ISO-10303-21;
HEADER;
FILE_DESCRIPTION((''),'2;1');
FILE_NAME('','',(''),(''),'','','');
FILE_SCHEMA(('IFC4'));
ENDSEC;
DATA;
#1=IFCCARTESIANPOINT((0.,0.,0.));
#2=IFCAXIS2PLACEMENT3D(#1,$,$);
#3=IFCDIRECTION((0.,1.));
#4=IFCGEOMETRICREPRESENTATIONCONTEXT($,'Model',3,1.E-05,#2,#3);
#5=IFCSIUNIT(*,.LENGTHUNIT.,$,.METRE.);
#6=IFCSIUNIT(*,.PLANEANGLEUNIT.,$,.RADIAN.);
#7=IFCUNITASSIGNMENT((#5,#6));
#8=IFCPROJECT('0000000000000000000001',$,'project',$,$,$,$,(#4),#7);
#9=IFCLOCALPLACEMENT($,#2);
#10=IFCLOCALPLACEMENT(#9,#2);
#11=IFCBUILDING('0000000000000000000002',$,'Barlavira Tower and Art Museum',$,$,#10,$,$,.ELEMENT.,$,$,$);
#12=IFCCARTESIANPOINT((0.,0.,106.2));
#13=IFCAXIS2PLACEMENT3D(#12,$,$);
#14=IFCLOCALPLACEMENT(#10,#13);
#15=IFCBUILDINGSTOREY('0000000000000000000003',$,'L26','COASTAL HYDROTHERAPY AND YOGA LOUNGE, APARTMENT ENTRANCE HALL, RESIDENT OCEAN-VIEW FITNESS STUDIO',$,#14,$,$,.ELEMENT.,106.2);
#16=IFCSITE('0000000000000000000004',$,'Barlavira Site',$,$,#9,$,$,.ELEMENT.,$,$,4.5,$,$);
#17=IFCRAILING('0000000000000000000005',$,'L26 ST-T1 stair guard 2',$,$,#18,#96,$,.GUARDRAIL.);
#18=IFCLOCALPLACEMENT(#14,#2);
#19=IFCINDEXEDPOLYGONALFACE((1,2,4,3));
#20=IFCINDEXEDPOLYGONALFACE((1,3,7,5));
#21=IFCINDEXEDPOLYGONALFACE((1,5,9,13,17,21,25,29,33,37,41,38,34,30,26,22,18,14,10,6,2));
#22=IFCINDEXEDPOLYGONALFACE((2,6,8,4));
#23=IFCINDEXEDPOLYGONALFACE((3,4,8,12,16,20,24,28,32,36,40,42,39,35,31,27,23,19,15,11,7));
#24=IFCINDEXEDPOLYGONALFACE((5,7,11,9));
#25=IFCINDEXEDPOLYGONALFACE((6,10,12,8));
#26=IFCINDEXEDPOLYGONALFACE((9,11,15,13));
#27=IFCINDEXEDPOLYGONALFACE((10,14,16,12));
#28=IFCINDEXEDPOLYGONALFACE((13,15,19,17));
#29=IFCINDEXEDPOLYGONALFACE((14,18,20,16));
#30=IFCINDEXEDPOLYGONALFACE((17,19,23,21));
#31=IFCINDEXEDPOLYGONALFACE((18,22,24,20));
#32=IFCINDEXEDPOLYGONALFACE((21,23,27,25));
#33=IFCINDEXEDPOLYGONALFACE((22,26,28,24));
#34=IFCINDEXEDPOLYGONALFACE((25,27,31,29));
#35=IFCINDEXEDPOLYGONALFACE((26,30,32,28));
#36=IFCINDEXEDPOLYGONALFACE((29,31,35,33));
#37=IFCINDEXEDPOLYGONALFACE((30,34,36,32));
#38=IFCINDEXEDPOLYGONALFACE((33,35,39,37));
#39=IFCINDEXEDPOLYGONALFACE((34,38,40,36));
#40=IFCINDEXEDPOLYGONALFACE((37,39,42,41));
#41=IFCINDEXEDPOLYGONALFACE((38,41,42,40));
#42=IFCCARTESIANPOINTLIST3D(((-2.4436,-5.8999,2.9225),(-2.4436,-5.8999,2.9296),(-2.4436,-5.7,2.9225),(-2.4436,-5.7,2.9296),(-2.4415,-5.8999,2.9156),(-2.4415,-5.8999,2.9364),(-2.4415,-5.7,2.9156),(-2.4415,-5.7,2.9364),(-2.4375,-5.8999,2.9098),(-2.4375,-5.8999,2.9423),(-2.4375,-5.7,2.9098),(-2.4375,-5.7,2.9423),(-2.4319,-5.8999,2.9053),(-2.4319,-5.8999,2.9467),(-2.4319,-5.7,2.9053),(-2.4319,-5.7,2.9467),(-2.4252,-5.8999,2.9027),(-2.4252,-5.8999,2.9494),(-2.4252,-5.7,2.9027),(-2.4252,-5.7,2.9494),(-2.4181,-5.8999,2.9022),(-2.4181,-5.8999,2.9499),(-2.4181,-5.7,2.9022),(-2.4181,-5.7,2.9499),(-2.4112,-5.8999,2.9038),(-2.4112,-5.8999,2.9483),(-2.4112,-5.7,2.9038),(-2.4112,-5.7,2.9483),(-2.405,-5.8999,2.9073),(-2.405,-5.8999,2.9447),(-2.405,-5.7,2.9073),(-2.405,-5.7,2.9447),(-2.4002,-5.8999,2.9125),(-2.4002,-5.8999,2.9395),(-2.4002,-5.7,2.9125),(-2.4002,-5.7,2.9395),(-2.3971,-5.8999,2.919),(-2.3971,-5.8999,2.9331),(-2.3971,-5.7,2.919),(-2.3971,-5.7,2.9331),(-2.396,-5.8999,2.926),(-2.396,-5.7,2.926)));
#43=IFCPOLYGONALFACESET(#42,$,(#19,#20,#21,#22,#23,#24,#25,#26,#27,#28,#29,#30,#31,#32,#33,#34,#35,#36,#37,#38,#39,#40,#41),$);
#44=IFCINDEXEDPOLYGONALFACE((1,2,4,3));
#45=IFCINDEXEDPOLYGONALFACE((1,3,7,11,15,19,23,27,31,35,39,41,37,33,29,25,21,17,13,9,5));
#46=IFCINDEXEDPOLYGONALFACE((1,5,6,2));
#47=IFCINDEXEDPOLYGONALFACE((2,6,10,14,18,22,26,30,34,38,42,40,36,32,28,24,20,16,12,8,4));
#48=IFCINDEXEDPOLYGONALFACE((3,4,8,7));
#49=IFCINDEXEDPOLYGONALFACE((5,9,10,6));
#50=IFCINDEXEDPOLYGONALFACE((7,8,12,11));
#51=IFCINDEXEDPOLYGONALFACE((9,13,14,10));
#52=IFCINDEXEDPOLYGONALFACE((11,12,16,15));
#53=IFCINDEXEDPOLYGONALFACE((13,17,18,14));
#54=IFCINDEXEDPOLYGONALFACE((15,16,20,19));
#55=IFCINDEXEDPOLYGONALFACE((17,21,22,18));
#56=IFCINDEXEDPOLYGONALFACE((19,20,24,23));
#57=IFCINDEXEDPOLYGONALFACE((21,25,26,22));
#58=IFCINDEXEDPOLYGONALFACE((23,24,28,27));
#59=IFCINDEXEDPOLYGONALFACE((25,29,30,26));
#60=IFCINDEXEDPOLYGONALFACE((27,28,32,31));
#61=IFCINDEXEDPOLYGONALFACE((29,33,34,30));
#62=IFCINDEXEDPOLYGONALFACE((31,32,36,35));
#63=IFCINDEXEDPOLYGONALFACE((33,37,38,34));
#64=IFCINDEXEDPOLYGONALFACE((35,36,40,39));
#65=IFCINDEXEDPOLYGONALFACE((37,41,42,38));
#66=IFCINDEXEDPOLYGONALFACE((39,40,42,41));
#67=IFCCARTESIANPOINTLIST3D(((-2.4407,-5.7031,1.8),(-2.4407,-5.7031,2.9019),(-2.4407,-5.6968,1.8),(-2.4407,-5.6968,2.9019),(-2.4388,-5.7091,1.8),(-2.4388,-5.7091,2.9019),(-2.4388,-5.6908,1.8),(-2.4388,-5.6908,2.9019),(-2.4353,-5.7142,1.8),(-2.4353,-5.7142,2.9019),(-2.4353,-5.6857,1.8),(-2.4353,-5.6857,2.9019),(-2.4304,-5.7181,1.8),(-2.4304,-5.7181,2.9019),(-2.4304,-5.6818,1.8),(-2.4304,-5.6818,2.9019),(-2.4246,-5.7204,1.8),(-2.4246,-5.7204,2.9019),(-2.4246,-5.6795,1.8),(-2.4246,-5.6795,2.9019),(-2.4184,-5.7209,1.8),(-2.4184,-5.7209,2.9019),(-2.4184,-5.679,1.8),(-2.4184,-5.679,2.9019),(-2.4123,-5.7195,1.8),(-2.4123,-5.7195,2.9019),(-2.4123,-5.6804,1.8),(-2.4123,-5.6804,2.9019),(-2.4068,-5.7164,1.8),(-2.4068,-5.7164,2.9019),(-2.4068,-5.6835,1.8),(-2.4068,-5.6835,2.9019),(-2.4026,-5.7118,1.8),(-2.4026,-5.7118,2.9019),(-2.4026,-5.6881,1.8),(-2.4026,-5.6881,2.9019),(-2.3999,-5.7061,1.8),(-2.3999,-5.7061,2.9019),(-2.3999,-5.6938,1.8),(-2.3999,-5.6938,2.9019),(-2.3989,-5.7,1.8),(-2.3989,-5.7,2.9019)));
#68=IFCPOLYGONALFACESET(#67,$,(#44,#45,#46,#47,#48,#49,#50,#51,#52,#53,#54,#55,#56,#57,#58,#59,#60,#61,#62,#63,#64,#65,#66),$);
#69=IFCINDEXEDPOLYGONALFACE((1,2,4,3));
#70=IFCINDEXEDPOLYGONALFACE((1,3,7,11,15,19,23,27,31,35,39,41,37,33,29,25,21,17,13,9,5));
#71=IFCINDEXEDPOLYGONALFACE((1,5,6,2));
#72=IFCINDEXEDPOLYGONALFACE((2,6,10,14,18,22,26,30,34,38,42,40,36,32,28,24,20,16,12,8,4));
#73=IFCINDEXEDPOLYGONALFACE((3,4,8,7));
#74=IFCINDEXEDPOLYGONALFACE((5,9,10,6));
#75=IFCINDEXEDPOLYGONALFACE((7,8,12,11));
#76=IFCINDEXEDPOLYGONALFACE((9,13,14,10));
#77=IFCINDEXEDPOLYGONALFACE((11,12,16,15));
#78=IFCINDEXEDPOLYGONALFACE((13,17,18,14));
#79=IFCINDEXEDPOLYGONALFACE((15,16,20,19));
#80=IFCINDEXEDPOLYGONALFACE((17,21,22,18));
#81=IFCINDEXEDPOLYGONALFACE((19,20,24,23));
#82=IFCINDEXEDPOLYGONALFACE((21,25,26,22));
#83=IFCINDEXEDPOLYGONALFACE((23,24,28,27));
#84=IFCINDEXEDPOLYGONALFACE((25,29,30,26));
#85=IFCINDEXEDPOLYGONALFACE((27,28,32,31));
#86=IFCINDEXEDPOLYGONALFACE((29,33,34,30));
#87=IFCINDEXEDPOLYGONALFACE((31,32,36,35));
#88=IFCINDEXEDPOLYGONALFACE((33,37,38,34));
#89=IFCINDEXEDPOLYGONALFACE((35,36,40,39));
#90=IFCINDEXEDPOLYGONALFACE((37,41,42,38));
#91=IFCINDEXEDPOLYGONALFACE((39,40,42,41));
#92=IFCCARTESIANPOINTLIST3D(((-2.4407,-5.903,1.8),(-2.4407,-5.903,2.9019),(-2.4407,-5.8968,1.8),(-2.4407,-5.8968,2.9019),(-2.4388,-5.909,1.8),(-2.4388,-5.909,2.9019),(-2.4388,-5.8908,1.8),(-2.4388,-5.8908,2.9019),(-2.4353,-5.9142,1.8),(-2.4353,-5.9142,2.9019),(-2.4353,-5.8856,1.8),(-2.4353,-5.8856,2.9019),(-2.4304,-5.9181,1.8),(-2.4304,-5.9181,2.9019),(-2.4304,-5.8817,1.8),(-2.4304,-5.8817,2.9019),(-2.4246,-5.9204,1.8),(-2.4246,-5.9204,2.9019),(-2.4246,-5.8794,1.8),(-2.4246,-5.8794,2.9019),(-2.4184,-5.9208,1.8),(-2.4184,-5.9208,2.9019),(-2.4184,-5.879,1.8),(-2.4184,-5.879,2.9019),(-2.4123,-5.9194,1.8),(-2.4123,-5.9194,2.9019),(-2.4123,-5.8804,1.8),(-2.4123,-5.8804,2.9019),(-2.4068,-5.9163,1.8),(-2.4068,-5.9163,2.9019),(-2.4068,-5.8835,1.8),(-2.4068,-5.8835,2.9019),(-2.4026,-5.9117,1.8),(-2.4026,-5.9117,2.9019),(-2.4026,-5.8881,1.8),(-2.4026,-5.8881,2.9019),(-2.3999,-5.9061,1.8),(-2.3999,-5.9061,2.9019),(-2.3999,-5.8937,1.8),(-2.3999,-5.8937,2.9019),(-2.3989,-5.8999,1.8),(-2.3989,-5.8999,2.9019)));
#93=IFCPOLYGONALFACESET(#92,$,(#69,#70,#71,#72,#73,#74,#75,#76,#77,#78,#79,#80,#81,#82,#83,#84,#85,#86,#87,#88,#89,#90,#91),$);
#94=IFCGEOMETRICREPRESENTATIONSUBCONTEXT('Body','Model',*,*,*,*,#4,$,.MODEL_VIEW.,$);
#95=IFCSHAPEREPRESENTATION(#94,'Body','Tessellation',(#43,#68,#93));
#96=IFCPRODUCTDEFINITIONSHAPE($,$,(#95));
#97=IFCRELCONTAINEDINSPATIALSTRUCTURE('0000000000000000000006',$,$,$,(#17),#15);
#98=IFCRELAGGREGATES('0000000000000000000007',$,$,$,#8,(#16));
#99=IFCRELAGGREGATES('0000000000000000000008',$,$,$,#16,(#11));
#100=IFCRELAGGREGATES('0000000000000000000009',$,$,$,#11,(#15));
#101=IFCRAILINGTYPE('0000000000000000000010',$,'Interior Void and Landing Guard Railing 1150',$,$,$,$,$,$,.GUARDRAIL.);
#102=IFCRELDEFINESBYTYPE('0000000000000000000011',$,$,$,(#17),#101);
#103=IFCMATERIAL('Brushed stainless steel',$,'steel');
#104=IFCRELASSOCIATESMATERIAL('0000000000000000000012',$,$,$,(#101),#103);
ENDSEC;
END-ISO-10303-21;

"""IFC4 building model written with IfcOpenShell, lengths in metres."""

from ifc_helpers import new_model, si_unit, direction, frame, origin, origin_2d, place, context, subcontext, project, spatial, circle, extrude, material, type_object, element, save


model = new_model("IFC4")

# Units and contexts
model_context = context("Model", 3, precision=1e-05, world=origin(), true_north=direction((0.0, 1.0)))
body_context = subcontext(model_context, "Body", "Model", "MODEL_VIEW")
ifc_project = project(units=[si_unit("LENGTHUNIT", "METRE"), si_unit("PLANEANGLEUNIT", "RADIAN")], contexts=[model_context])

# Site, building, storey
site_placement = place(None, origin())
site = spatial("IfcSite", under=ifc_project, at=site_placement, Name="Barlavira Site", CompositionType="ELEMENT", RefElevation=4.5)
building_placement = place(site_placement, origin())
building = spatial("IfcBuilding", under=site, at=building_placement, Name="Barlavira Tower and Art Museum", CompositionType="ELEMENT")
storey_placement = place(building_placement, frame((0.0, 0.0, 106.2)))
storey = spatial("IfcBuildingStorey", under=building, at=storey_placement, Name="L26", Description="COASTAL HYDROTHERAPY AND YOGA LOUNGE, APARTMENT ENTRANCE HALL, RESIDENT OCEAN-VIEW FITNESS STUDIO", CompositionType="ELEMENT", Elevation=106.2)

# Shared definitions
ifc_material_1 = material(Name="Brushed stainless steel", Category="steel")

# Railing
railing_type_1 = type_object("IfcRailingType", Name="Interior Void and Landing Guard Railing 1150", PredefinedType="GUARDRAIL", material=ifc_material_1)
railing_1_placement = place(storey_placement, frame((-2.4199, -5.7, 1.8)))
element("IfcRailing", 1, at=railing_1_placement, inside=storey, type_object=railing_type_1, Name="L26 ST-T1 stair guard 2", PredefinedType="GUARDRAIL", context=body_context, shape_type="SweptSolid", body=[
    extrude(circle(Radius=0.0239, at=origin_2d()), frame((0.0, 0.0, 1.126), z_axis=(0.0, -1.0, 0.0), x_axis=(1.0, 0.0, 0.0)), (0.0, 0.0, 1.0), 0.2),
    extrude(circle(Radius=0.021, at=origin_2d()), origin(), (0.0, 0.0, 1.0), 1.1018),
    extrude(circle(Radius=0.021, at=origin_2d()), frame((0.0, -0.2, 0.0)), (0.0, 0.0, 1.0), 1.1018),
])

save(model, "model.ifc")
